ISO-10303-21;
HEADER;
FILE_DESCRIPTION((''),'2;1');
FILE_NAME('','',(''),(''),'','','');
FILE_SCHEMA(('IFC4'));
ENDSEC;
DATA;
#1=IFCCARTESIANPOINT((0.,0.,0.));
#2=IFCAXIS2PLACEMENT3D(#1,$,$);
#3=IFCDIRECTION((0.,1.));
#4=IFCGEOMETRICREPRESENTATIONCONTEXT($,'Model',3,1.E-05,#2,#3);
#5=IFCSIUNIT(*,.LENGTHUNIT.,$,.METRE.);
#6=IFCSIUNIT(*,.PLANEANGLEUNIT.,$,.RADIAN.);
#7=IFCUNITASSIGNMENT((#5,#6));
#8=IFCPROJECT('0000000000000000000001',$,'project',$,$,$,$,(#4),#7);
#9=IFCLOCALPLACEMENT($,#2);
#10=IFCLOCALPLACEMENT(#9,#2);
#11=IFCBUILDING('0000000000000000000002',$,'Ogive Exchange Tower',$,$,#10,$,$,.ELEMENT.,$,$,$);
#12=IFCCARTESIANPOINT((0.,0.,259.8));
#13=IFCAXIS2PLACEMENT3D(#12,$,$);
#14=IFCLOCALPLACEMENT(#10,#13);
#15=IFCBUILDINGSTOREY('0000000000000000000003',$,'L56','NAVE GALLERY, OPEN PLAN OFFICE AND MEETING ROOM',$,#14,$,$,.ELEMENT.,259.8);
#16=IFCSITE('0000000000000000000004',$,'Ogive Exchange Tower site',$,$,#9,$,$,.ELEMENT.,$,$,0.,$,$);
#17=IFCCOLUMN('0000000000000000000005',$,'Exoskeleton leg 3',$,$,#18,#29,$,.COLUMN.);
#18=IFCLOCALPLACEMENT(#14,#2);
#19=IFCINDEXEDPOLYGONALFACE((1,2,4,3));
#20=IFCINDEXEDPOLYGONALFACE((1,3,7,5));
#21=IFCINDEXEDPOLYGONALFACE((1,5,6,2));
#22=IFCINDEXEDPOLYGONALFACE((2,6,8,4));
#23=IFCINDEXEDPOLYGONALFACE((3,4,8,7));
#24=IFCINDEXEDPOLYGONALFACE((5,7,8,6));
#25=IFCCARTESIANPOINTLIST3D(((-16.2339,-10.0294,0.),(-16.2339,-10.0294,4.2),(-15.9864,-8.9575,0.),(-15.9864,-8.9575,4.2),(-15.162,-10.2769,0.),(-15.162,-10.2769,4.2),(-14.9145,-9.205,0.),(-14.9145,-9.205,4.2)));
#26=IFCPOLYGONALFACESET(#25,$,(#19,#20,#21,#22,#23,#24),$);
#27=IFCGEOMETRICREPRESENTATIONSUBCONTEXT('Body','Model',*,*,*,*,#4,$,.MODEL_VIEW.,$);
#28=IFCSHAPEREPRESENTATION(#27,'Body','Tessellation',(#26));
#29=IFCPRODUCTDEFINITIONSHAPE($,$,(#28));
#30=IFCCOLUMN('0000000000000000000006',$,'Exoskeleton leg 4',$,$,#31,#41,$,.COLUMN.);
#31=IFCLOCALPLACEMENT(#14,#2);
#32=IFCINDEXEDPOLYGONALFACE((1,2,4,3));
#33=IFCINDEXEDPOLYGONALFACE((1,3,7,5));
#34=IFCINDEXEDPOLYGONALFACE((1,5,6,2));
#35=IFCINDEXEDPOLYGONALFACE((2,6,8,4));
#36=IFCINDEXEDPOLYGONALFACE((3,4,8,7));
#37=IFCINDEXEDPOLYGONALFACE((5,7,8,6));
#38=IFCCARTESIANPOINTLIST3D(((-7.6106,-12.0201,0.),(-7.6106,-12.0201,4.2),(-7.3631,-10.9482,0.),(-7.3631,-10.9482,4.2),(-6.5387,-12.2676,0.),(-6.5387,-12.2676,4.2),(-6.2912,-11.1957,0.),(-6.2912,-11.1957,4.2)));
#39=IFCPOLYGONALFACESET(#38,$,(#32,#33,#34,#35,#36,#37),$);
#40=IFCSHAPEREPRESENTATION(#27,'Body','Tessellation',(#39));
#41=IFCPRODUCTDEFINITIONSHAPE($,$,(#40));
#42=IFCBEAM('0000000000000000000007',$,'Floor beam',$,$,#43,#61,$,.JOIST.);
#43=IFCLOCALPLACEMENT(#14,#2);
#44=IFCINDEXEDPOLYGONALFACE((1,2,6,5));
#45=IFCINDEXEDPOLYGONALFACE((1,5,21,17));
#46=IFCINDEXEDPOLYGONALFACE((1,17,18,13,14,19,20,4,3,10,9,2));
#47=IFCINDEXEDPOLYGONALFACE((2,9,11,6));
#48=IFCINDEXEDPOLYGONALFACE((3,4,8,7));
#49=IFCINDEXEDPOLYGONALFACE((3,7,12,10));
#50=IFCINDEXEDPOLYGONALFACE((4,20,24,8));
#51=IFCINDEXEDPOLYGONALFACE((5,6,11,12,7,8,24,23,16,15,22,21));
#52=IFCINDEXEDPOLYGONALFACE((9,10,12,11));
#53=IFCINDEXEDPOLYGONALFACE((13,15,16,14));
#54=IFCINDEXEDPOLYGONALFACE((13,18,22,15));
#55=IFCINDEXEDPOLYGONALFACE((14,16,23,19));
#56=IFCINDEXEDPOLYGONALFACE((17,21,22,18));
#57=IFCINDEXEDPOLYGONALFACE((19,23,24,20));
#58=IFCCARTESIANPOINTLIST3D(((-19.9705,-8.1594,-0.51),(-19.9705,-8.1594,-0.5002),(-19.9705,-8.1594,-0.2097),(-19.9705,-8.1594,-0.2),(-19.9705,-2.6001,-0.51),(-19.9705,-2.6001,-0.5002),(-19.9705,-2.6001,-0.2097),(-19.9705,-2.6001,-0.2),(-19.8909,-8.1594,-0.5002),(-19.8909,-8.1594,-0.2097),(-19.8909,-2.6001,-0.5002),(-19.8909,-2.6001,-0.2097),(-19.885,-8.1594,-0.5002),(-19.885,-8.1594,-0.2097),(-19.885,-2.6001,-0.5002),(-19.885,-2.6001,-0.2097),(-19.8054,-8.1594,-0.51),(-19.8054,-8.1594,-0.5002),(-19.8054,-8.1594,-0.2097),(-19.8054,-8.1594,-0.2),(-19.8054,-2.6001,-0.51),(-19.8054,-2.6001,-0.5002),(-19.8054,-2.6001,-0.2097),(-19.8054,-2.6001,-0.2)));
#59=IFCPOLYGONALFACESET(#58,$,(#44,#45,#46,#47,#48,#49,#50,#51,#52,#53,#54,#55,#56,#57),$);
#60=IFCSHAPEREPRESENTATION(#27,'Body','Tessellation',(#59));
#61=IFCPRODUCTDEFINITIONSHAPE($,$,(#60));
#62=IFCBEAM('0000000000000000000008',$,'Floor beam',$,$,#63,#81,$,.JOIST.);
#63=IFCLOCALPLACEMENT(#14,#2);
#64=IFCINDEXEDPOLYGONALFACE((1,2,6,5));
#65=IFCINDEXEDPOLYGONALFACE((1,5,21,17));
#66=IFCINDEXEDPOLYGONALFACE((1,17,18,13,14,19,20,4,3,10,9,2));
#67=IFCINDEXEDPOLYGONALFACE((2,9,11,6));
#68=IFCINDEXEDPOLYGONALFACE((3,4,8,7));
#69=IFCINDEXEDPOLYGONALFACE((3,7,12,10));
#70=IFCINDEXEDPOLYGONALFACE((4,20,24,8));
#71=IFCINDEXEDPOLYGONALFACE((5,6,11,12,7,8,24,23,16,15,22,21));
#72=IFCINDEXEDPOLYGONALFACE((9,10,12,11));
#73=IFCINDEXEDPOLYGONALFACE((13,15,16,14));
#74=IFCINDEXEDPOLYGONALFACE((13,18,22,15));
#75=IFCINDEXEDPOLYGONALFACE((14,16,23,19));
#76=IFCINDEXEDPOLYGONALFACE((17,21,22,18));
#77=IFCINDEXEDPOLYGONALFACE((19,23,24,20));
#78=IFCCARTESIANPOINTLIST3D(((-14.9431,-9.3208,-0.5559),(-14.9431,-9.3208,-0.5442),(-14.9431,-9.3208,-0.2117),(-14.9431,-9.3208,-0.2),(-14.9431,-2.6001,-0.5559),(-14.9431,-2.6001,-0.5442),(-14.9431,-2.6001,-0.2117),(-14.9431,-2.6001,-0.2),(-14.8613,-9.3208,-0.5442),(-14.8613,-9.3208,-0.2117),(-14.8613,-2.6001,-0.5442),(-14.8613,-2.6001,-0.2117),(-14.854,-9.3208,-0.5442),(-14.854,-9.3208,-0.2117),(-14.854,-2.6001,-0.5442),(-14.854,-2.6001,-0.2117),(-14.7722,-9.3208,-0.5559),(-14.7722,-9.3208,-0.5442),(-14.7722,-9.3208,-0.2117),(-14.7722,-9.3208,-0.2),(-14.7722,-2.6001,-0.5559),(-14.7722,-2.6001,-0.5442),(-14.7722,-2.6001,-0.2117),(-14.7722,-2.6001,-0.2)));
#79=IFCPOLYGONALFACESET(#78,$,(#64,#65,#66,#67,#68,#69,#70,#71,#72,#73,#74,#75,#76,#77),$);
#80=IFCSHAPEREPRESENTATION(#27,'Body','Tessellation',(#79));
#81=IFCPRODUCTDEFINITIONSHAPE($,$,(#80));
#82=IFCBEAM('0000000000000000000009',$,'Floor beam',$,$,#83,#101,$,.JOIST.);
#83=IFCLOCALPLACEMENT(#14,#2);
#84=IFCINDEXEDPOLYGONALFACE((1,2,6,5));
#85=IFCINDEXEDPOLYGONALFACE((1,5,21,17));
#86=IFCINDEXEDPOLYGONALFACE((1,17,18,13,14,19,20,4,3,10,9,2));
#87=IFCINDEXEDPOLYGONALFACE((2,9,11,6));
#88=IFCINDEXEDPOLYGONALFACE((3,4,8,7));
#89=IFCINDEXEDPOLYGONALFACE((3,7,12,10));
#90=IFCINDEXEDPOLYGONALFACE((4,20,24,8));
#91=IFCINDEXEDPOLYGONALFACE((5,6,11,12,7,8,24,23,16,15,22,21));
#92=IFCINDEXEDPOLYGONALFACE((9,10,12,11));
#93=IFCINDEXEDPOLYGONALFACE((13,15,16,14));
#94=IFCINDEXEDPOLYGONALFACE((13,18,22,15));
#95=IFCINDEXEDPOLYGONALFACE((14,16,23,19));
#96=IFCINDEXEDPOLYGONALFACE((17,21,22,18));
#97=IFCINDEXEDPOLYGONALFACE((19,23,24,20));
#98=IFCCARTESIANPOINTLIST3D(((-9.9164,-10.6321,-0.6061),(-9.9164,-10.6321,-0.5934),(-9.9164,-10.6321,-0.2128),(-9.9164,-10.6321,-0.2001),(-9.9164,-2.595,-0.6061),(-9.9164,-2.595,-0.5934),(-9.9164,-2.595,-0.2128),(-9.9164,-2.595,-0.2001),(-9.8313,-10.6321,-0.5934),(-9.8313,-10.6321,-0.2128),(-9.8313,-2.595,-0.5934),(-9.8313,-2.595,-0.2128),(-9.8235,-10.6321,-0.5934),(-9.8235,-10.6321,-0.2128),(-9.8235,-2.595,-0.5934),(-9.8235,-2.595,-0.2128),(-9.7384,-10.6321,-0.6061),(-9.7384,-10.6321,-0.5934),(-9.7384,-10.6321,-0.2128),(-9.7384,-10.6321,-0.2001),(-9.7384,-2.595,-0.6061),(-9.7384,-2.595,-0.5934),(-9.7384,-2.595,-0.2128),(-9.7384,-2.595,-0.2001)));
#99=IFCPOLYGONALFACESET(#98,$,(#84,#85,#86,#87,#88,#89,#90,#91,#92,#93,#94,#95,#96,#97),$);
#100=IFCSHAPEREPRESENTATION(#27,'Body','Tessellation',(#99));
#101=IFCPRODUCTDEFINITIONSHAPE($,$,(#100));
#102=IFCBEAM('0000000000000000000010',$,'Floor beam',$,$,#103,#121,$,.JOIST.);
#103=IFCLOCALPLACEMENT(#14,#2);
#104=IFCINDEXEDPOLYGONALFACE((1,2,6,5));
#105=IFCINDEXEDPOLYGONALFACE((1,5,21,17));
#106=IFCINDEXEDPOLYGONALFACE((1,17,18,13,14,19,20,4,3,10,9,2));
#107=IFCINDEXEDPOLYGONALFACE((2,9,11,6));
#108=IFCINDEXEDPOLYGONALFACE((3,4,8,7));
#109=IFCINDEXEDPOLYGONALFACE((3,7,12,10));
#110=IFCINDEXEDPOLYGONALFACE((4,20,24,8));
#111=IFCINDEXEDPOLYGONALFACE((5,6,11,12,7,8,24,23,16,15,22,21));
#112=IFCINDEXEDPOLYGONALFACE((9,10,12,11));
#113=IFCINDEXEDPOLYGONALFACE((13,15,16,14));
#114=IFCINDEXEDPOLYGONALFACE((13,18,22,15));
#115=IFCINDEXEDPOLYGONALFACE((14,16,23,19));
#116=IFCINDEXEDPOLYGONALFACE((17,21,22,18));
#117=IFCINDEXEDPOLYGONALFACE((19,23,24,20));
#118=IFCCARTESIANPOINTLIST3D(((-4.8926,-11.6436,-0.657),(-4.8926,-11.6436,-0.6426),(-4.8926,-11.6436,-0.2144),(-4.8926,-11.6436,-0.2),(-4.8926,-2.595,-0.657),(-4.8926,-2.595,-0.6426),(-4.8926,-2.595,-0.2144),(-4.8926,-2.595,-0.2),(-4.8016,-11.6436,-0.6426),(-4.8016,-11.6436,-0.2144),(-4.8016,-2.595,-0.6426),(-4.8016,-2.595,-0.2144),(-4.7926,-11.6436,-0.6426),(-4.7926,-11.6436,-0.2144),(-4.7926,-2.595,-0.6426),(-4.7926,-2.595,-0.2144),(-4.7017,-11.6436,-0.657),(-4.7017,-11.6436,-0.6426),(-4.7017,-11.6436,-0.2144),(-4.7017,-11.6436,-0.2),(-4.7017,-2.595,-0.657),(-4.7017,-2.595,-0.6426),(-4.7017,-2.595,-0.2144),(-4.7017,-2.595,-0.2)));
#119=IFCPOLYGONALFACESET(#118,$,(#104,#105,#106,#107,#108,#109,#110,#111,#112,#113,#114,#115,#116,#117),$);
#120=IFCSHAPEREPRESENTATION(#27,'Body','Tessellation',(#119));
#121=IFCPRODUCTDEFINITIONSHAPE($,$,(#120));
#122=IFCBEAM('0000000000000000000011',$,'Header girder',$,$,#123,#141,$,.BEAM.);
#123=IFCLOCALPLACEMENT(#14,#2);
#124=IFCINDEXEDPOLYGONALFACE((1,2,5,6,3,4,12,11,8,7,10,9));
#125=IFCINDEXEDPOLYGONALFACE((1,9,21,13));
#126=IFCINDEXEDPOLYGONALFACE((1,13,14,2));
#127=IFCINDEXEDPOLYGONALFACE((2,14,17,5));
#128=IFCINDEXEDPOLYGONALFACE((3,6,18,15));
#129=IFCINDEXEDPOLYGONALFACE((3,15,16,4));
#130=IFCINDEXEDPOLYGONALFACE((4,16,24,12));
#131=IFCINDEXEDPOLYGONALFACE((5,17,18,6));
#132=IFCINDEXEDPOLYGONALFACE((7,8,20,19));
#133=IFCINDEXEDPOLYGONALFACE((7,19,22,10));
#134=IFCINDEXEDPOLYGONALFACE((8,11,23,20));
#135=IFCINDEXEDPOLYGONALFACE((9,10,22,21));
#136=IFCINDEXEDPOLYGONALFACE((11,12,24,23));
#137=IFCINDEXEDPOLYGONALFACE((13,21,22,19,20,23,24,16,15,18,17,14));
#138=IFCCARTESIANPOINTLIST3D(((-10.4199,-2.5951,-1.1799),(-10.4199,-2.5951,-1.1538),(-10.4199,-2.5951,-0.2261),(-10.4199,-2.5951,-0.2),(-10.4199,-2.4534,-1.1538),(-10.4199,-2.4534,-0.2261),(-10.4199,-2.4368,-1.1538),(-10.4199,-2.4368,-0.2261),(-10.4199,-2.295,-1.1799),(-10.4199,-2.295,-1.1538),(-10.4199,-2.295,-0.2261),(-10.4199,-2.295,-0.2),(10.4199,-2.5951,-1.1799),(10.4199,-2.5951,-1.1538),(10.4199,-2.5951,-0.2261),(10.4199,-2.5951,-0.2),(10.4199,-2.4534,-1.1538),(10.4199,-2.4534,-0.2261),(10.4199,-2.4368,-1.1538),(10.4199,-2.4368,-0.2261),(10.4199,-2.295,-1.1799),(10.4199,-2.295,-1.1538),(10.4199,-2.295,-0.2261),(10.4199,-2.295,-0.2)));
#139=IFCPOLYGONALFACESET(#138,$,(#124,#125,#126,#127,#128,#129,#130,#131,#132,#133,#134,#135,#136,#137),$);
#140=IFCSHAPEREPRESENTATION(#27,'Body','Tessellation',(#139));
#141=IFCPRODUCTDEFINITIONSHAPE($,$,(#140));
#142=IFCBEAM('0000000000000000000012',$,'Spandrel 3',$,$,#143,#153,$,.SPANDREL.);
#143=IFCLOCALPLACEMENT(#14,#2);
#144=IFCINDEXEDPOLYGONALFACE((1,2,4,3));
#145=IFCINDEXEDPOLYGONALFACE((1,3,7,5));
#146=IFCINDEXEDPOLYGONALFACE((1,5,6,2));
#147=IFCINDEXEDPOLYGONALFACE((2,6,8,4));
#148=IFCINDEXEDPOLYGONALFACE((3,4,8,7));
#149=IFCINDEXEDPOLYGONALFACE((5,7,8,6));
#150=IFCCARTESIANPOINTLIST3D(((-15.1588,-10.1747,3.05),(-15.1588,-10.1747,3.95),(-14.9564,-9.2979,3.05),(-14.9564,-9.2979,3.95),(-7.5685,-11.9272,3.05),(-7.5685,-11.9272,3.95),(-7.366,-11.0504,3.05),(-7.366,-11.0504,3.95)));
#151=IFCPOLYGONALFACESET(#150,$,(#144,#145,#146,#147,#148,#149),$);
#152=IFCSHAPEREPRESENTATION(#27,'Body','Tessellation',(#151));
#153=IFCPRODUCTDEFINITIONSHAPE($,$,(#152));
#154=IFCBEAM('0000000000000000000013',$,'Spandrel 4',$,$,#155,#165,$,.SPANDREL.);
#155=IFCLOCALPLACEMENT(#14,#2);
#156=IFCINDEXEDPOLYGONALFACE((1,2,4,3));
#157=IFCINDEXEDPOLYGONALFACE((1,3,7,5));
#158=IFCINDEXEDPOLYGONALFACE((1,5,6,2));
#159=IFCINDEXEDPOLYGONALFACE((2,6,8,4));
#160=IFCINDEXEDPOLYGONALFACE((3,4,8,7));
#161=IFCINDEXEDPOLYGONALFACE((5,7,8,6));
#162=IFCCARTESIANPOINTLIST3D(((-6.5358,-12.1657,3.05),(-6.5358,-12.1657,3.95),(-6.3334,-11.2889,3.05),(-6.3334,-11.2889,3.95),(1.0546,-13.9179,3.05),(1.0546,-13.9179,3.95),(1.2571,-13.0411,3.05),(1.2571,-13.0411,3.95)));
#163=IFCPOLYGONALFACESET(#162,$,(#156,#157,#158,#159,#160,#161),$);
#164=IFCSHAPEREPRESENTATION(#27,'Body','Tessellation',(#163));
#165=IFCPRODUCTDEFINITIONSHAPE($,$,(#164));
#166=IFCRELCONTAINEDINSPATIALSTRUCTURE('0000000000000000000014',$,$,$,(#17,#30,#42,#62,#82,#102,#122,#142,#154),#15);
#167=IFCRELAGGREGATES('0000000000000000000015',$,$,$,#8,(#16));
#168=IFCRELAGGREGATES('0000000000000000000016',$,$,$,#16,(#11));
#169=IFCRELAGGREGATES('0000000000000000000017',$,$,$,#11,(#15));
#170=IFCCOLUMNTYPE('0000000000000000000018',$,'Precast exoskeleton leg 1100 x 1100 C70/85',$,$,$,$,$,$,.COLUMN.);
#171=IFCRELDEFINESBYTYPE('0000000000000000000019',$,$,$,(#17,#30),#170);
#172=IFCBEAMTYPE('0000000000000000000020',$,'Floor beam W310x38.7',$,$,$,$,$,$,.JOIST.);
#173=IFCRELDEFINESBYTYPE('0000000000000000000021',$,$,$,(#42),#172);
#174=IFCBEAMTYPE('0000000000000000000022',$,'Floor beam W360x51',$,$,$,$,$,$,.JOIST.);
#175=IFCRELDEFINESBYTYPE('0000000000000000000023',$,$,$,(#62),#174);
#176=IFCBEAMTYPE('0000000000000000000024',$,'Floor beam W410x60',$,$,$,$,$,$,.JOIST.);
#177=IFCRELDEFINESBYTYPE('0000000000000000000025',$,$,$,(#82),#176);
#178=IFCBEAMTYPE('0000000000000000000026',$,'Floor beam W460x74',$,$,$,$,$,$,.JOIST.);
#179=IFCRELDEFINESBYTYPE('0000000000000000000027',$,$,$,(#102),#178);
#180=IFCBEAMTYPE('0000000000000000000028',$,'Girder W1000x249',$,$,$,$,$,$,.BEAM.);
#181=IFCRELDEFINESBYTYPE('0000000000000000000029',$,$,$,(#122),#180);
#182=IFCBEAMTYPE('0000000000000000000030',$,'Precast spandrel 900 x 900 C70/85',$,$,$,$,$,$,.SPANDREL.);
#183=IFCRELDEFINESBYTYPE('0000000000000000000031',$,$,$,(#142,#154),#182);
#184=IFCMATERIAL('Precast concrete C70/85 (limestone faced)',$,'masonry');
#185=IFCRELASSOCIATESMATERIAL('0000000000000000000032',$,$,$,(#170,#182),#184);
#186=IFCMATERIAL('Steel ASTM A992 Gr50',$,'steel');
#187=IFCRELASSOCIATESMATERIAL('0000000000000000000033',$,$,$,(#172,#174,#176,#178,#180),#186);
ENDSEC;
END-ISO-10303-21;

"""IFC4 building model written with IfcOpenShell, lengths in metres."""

from ifc_helpers import new_model, si_unit, direction, frame, origin, origin_2d, place, context, subcontext, project, spatial, rectangle, i_section, extrude, material, material_profile, profile_set, type_object, element, save


model = new_model("IFC4")

# Units and contexts
model_context = context("Model", 3, precision=1e-05, world=origin(), true_north=direction((0.0, 1.0)))
body_context = subcontext(model_context, "Body", "Model", "MODEL_VIEW")
ifc_project = project(units=[si_unit("LENGTHUNIT", "METRE"), si_unit("PLANEANGLEUNIT", "RADIAN")], contexts=[model_context])

# Site, building, storey
site_placement = place(None, origin())
site = spatial("IfcSite", under=ifc_project, at=site_placement, Name="Ogive Exchange Tower site", CompositionType="ELEMENT", RefElevation=0.0)
building_placement = place(site_placement, origin())
building = spatial("IfcBuilding", under=site, at=building_placement, Name="Ogive Exchange Tower", CompositionType="ELEMENT")
storey_placement = place(building_placement, frame((0.0, 0.0, 259.8)))
storey = spatial("IfcBuildingStorey", under=building, at=storey_placement, Name="L56", Description="NAVE GALLERY, OPEN PLAN OFFICE AND MEETING ROOM", CompositionType="ELEMENT", Elevation=259.8)

# Columns
ifc_material_1 = material(Name="Precast concrete C70/85 (limestone faced)", Category="masonry")
ifc_material_profile_1 = material_profile(ifc_material_1, rectangle(XDim=1.1001, YDim=1.1001, at=origin_2d()), Name="1100 x 1100")
ifc_profile_set_1 = profile_set([ifc_material_profile_1], Name="Precast concrete C70/85 (limestone faced)")
column_type = type_object("IfcColumnType", Name="Precast exoskeleton leg 1100 x 1100 C70/85", PredefinedType="COLUMN", material=ifc_profile_set_1)
for number, where, z_axis, x_axis, name in (
    (1, (-15.5742, -9.6172, 0.0), (0.0, 0.0, 1.0), (0.97437, -0.224951, 0.0), "Exoskeleton leg 3"),
    (2, (-6.9509, -11.6079, 0.0), (0.0, 0.0, 1.0), (0.97437, -0.224951, 0.0), "Exoskeleton leg 4"),
):
    element("IfcColumn", number, at=place(storey_placement, frame(where, z_axis=z_axis, x_axis=x_axis)), inside=storey, type_object=column_type, Name=name, PredefinedType="COLUMN", context=body_context, shape_type="SweptSolid", body=[
        extrude(rectangle(XDim=1.1001, YDim=1.1001, at=origin_2d()), origin(), (0.0, 0.0, 1.0), 4.2),
    ])

# Beams
ifc_material_2 = material(Name="Steel ASTM A992 Gr50", Category="steel")
ifc_material_profile_2 = material_profile(ifc_material_2, i_section(OverallWidth=0.165, OverallDepth=0.3101, WebThickness=0.0059, FlangeThickness=0.0098, at=origin_2d()), Name="W310x38.7")
ifc_profile_set_2 = profile_set([ifc_material_profile_2], Name="Steel ASTM A992 Gr50")
beam_type_1 = type_object("IfcBeamType", Name="Floor beam W310x38.7", PredefinedType="JOIST", material=ifc_profile_set_2)
beam_1_placement = place(storey_placement, frame((-19.8879, -8.1594, -0.355), z_axis=(0.0, 1.0, 0.0), x_axis=(-1.0, 0.0, 0.0)))
element("IfcBeam", 3, at=beam_1_placement, inside=storey, type_object=beam_type_1, Name="Floor beam", PredefinedType="JOIST", context=body_context, shape_type="SweptSolid", body=[
    extrude(i_section(OverallWidth=0.165, OverallDepth=0.3101, WebThickness=0.0059, FlangeThickness=0.0098, at=origin_2d()), origin(), (0.0, 0.0, 1.0), 5.5593),
])
ifc_material_profile_3 = material_profile(ifc_material_2, i_section(OverallWidth=0.1709, OverallDepth=0.356, WebThickness=0.0073, FlangeThickness=0.0117, at=origin_2d()), Name="W360x51")
ifc_profile_set_3 = profile_set([ifc_material_profile_3], Name="Steel ASTM A992 Gr50")
beam_type_2 = type_object("IfcBeamType", Name="Floor beam W360x51", PredefinedType="JOIST", material=ifc_profile_set_3)
beam_2_placement = place(storey_placement, frame((-14.8577, -9.3208, -0.3779), z_axis=(0.0, 1.0, 0.0), x_axis=(-1.0, 0.0, 0.0)))
element("IfcBeam", 4, at=beam_2_placement, inside=storey, type_object=beam_type_2, Name="Floor beam", PredefinedType="JOIST", context=body_context, shape_type="SweptSolid", body=[
    extrude(i_section(OverallWidth=0.1709, OverallDepth=0.356, WebThickness=0.0073, FlangeThickness=0.0117, at=origin_2d()), origin(), (0.0, 0.0, 1.0), 6.7207),
])
ifc_material_profile_4 = material_profile(ifc_material_2, i_section(OverallWidth=0.178, OverallDepth=0.406, WebThickness=0.0078, FlangeThickness=0.0127, at=origin_2d()), Name="W410x60")
ifc_profile_set_4 = profile_set([ifc_material_profile_4], Name="Steel ASTM A992 Gr50")
beam_type_3 = type_object("IfcBeamType", Name="Floor beam W410x60", PredefinedType="JOIST", material=ifc_profile_set_4)
beam_3_placement = place(storey_placement, frame((-9.8274, -10.6321, -0.4031), z_axis=(0.0, 1.0, 0.0), x_axis=(-1.0, 0.0, 0.0)))
element("IfcBeam", 5, at=beam_3_placement, inside=storey, type_object=beam_type_3, Name="Floor beam", PredefinedType="JOIST", context=body_context, shape_type="SweptSolid", body=[
    extrude(i_section(OverallWidth=0.178, OverallDepth=0.406, WebThickness=0.0078, FlangeThickness=0.0127, at=origin_2d()), origin(), (0.0, 0.0, 1.0), 8.0371),
])
ifc_material_profile_5 = material_profile(ifc_material_2, i_section(OverallWidth=0.1909, OverallDepth=0.457, WebThickness=0.009, FlangeThickness=0.0144, at=origin_2d()), Name="W460x74")
ifc_profile_set_5 = profile_set([ifc_material_profile_5], Name="Steel ASTM A992 Gr50")
beam_type_4 = type_object("IfcBeamType", Name="Floor beam W460x74", PredefinedType="JOIST", material=ifc_profile_set_5)
beam_4_placement = place(storey_placement, frame((-4.7971, -11.6436, -0.4285), z_axis=(0.0, 1.0, 0.0), x_axis=(-1.0, 0.0, 0.0)))
element("IfcBeam", 6, at=beam_4_placement, inside=storey, type_object=beam_type_4, Name="Floor beam", PredefinedType="JOIST", context=body_context, shape_type="SweptSolid", body=[
    extrude(i_section(OverallWidth=0.1909, OverallDepth=0.457, WebThickness=0.009, FlangeThickness=0.0144, at=origin_2d()), origin(), (0.0, 0.0, 1.0), 9.0486),
])
ifc_material_profile_6 = material_profile(ifc_material_2, i_section(OverallWidth=0.3, OverallDepth=0.98, WebThickness=0.0166, FlangeThickness=0.0261, at=origin_2d()), Name="W1000x249")
ifc_profile_set_6 = profile_set([ifc_material_profile_6], Name="Steel ASTM A992 Gr50")
beam_type_5 = type_object("IfcBeamType", Name="Girder W1000x249", PredefinedType="BEAM", material=ifc_profile_set_6)
beam_5_placement = place(storey_placement, frame((-10.4199, -2.4451, -0.6899), z_axis=(1.0, 0.0, 0.0), x_axis=(0.0, 1.0, 0.0)))
element("IfcBeam", 7, at=beam_5_placement, inside=storey, type_object=beam_type_5, Name="Header girder", PredefinedType="BEAM", context=body_context, shape_type="SweptSolid", body=[
    extrude(i_section(OverallWidth=0.3, OverallDepth=0.98, WebThickness=0.0166, FlangeThickness=0.0261, at=origin_2d()), origin(), (0.0, 0.0, 1.0), 20.8398),
])
ifc_material_profile_7 = material_profile(ifc_material_1, rectangle(XDim=0.8999, YDim=0.8999, at=origin_2d()), Name="900 x 900")
ifc_profile_set_7 = profile_set([ifc_material_profile_7], Name="Precast concrete C70/85 (limestone faced)")
beam_type_6 = type_object("IfcBeamType", Name="Precast spandrel 900 x 900 C70/85", PredefinedType="SPANDREL", material=ifc_profile_set_7)
for number, where, z_axis, x_axis, name in (
    (8, (-15.0576, -9.7363, 3.5), (0.974368, -0.22496, 0.0), (0.22496, 0.974368, 0.0), "Spandrel 3"),
    (9, (-6.4346, -11.7273, 3.5), (0.974375, -0.22493, 0.0), (0.22493, 0.974375, 0.0), "Spandrel 4"),
):
    element("IfcBeam", number, at=place(storey_placement, frame(where, z_axis=z_axis, x_axis=x_axis)), inside=storey, type_object=beam_type_6, Name=name, PredefinedType="SPANDREL", context=body_context, shape_type="SweptSolid", body=[
        extrude(rectangle(XDim=0.8999, YDim=0.8999, at=origin_2d()), origin(), (0.0, 0.0, 1.0), 7.79),
    ])

save(model, "model.ifc")
